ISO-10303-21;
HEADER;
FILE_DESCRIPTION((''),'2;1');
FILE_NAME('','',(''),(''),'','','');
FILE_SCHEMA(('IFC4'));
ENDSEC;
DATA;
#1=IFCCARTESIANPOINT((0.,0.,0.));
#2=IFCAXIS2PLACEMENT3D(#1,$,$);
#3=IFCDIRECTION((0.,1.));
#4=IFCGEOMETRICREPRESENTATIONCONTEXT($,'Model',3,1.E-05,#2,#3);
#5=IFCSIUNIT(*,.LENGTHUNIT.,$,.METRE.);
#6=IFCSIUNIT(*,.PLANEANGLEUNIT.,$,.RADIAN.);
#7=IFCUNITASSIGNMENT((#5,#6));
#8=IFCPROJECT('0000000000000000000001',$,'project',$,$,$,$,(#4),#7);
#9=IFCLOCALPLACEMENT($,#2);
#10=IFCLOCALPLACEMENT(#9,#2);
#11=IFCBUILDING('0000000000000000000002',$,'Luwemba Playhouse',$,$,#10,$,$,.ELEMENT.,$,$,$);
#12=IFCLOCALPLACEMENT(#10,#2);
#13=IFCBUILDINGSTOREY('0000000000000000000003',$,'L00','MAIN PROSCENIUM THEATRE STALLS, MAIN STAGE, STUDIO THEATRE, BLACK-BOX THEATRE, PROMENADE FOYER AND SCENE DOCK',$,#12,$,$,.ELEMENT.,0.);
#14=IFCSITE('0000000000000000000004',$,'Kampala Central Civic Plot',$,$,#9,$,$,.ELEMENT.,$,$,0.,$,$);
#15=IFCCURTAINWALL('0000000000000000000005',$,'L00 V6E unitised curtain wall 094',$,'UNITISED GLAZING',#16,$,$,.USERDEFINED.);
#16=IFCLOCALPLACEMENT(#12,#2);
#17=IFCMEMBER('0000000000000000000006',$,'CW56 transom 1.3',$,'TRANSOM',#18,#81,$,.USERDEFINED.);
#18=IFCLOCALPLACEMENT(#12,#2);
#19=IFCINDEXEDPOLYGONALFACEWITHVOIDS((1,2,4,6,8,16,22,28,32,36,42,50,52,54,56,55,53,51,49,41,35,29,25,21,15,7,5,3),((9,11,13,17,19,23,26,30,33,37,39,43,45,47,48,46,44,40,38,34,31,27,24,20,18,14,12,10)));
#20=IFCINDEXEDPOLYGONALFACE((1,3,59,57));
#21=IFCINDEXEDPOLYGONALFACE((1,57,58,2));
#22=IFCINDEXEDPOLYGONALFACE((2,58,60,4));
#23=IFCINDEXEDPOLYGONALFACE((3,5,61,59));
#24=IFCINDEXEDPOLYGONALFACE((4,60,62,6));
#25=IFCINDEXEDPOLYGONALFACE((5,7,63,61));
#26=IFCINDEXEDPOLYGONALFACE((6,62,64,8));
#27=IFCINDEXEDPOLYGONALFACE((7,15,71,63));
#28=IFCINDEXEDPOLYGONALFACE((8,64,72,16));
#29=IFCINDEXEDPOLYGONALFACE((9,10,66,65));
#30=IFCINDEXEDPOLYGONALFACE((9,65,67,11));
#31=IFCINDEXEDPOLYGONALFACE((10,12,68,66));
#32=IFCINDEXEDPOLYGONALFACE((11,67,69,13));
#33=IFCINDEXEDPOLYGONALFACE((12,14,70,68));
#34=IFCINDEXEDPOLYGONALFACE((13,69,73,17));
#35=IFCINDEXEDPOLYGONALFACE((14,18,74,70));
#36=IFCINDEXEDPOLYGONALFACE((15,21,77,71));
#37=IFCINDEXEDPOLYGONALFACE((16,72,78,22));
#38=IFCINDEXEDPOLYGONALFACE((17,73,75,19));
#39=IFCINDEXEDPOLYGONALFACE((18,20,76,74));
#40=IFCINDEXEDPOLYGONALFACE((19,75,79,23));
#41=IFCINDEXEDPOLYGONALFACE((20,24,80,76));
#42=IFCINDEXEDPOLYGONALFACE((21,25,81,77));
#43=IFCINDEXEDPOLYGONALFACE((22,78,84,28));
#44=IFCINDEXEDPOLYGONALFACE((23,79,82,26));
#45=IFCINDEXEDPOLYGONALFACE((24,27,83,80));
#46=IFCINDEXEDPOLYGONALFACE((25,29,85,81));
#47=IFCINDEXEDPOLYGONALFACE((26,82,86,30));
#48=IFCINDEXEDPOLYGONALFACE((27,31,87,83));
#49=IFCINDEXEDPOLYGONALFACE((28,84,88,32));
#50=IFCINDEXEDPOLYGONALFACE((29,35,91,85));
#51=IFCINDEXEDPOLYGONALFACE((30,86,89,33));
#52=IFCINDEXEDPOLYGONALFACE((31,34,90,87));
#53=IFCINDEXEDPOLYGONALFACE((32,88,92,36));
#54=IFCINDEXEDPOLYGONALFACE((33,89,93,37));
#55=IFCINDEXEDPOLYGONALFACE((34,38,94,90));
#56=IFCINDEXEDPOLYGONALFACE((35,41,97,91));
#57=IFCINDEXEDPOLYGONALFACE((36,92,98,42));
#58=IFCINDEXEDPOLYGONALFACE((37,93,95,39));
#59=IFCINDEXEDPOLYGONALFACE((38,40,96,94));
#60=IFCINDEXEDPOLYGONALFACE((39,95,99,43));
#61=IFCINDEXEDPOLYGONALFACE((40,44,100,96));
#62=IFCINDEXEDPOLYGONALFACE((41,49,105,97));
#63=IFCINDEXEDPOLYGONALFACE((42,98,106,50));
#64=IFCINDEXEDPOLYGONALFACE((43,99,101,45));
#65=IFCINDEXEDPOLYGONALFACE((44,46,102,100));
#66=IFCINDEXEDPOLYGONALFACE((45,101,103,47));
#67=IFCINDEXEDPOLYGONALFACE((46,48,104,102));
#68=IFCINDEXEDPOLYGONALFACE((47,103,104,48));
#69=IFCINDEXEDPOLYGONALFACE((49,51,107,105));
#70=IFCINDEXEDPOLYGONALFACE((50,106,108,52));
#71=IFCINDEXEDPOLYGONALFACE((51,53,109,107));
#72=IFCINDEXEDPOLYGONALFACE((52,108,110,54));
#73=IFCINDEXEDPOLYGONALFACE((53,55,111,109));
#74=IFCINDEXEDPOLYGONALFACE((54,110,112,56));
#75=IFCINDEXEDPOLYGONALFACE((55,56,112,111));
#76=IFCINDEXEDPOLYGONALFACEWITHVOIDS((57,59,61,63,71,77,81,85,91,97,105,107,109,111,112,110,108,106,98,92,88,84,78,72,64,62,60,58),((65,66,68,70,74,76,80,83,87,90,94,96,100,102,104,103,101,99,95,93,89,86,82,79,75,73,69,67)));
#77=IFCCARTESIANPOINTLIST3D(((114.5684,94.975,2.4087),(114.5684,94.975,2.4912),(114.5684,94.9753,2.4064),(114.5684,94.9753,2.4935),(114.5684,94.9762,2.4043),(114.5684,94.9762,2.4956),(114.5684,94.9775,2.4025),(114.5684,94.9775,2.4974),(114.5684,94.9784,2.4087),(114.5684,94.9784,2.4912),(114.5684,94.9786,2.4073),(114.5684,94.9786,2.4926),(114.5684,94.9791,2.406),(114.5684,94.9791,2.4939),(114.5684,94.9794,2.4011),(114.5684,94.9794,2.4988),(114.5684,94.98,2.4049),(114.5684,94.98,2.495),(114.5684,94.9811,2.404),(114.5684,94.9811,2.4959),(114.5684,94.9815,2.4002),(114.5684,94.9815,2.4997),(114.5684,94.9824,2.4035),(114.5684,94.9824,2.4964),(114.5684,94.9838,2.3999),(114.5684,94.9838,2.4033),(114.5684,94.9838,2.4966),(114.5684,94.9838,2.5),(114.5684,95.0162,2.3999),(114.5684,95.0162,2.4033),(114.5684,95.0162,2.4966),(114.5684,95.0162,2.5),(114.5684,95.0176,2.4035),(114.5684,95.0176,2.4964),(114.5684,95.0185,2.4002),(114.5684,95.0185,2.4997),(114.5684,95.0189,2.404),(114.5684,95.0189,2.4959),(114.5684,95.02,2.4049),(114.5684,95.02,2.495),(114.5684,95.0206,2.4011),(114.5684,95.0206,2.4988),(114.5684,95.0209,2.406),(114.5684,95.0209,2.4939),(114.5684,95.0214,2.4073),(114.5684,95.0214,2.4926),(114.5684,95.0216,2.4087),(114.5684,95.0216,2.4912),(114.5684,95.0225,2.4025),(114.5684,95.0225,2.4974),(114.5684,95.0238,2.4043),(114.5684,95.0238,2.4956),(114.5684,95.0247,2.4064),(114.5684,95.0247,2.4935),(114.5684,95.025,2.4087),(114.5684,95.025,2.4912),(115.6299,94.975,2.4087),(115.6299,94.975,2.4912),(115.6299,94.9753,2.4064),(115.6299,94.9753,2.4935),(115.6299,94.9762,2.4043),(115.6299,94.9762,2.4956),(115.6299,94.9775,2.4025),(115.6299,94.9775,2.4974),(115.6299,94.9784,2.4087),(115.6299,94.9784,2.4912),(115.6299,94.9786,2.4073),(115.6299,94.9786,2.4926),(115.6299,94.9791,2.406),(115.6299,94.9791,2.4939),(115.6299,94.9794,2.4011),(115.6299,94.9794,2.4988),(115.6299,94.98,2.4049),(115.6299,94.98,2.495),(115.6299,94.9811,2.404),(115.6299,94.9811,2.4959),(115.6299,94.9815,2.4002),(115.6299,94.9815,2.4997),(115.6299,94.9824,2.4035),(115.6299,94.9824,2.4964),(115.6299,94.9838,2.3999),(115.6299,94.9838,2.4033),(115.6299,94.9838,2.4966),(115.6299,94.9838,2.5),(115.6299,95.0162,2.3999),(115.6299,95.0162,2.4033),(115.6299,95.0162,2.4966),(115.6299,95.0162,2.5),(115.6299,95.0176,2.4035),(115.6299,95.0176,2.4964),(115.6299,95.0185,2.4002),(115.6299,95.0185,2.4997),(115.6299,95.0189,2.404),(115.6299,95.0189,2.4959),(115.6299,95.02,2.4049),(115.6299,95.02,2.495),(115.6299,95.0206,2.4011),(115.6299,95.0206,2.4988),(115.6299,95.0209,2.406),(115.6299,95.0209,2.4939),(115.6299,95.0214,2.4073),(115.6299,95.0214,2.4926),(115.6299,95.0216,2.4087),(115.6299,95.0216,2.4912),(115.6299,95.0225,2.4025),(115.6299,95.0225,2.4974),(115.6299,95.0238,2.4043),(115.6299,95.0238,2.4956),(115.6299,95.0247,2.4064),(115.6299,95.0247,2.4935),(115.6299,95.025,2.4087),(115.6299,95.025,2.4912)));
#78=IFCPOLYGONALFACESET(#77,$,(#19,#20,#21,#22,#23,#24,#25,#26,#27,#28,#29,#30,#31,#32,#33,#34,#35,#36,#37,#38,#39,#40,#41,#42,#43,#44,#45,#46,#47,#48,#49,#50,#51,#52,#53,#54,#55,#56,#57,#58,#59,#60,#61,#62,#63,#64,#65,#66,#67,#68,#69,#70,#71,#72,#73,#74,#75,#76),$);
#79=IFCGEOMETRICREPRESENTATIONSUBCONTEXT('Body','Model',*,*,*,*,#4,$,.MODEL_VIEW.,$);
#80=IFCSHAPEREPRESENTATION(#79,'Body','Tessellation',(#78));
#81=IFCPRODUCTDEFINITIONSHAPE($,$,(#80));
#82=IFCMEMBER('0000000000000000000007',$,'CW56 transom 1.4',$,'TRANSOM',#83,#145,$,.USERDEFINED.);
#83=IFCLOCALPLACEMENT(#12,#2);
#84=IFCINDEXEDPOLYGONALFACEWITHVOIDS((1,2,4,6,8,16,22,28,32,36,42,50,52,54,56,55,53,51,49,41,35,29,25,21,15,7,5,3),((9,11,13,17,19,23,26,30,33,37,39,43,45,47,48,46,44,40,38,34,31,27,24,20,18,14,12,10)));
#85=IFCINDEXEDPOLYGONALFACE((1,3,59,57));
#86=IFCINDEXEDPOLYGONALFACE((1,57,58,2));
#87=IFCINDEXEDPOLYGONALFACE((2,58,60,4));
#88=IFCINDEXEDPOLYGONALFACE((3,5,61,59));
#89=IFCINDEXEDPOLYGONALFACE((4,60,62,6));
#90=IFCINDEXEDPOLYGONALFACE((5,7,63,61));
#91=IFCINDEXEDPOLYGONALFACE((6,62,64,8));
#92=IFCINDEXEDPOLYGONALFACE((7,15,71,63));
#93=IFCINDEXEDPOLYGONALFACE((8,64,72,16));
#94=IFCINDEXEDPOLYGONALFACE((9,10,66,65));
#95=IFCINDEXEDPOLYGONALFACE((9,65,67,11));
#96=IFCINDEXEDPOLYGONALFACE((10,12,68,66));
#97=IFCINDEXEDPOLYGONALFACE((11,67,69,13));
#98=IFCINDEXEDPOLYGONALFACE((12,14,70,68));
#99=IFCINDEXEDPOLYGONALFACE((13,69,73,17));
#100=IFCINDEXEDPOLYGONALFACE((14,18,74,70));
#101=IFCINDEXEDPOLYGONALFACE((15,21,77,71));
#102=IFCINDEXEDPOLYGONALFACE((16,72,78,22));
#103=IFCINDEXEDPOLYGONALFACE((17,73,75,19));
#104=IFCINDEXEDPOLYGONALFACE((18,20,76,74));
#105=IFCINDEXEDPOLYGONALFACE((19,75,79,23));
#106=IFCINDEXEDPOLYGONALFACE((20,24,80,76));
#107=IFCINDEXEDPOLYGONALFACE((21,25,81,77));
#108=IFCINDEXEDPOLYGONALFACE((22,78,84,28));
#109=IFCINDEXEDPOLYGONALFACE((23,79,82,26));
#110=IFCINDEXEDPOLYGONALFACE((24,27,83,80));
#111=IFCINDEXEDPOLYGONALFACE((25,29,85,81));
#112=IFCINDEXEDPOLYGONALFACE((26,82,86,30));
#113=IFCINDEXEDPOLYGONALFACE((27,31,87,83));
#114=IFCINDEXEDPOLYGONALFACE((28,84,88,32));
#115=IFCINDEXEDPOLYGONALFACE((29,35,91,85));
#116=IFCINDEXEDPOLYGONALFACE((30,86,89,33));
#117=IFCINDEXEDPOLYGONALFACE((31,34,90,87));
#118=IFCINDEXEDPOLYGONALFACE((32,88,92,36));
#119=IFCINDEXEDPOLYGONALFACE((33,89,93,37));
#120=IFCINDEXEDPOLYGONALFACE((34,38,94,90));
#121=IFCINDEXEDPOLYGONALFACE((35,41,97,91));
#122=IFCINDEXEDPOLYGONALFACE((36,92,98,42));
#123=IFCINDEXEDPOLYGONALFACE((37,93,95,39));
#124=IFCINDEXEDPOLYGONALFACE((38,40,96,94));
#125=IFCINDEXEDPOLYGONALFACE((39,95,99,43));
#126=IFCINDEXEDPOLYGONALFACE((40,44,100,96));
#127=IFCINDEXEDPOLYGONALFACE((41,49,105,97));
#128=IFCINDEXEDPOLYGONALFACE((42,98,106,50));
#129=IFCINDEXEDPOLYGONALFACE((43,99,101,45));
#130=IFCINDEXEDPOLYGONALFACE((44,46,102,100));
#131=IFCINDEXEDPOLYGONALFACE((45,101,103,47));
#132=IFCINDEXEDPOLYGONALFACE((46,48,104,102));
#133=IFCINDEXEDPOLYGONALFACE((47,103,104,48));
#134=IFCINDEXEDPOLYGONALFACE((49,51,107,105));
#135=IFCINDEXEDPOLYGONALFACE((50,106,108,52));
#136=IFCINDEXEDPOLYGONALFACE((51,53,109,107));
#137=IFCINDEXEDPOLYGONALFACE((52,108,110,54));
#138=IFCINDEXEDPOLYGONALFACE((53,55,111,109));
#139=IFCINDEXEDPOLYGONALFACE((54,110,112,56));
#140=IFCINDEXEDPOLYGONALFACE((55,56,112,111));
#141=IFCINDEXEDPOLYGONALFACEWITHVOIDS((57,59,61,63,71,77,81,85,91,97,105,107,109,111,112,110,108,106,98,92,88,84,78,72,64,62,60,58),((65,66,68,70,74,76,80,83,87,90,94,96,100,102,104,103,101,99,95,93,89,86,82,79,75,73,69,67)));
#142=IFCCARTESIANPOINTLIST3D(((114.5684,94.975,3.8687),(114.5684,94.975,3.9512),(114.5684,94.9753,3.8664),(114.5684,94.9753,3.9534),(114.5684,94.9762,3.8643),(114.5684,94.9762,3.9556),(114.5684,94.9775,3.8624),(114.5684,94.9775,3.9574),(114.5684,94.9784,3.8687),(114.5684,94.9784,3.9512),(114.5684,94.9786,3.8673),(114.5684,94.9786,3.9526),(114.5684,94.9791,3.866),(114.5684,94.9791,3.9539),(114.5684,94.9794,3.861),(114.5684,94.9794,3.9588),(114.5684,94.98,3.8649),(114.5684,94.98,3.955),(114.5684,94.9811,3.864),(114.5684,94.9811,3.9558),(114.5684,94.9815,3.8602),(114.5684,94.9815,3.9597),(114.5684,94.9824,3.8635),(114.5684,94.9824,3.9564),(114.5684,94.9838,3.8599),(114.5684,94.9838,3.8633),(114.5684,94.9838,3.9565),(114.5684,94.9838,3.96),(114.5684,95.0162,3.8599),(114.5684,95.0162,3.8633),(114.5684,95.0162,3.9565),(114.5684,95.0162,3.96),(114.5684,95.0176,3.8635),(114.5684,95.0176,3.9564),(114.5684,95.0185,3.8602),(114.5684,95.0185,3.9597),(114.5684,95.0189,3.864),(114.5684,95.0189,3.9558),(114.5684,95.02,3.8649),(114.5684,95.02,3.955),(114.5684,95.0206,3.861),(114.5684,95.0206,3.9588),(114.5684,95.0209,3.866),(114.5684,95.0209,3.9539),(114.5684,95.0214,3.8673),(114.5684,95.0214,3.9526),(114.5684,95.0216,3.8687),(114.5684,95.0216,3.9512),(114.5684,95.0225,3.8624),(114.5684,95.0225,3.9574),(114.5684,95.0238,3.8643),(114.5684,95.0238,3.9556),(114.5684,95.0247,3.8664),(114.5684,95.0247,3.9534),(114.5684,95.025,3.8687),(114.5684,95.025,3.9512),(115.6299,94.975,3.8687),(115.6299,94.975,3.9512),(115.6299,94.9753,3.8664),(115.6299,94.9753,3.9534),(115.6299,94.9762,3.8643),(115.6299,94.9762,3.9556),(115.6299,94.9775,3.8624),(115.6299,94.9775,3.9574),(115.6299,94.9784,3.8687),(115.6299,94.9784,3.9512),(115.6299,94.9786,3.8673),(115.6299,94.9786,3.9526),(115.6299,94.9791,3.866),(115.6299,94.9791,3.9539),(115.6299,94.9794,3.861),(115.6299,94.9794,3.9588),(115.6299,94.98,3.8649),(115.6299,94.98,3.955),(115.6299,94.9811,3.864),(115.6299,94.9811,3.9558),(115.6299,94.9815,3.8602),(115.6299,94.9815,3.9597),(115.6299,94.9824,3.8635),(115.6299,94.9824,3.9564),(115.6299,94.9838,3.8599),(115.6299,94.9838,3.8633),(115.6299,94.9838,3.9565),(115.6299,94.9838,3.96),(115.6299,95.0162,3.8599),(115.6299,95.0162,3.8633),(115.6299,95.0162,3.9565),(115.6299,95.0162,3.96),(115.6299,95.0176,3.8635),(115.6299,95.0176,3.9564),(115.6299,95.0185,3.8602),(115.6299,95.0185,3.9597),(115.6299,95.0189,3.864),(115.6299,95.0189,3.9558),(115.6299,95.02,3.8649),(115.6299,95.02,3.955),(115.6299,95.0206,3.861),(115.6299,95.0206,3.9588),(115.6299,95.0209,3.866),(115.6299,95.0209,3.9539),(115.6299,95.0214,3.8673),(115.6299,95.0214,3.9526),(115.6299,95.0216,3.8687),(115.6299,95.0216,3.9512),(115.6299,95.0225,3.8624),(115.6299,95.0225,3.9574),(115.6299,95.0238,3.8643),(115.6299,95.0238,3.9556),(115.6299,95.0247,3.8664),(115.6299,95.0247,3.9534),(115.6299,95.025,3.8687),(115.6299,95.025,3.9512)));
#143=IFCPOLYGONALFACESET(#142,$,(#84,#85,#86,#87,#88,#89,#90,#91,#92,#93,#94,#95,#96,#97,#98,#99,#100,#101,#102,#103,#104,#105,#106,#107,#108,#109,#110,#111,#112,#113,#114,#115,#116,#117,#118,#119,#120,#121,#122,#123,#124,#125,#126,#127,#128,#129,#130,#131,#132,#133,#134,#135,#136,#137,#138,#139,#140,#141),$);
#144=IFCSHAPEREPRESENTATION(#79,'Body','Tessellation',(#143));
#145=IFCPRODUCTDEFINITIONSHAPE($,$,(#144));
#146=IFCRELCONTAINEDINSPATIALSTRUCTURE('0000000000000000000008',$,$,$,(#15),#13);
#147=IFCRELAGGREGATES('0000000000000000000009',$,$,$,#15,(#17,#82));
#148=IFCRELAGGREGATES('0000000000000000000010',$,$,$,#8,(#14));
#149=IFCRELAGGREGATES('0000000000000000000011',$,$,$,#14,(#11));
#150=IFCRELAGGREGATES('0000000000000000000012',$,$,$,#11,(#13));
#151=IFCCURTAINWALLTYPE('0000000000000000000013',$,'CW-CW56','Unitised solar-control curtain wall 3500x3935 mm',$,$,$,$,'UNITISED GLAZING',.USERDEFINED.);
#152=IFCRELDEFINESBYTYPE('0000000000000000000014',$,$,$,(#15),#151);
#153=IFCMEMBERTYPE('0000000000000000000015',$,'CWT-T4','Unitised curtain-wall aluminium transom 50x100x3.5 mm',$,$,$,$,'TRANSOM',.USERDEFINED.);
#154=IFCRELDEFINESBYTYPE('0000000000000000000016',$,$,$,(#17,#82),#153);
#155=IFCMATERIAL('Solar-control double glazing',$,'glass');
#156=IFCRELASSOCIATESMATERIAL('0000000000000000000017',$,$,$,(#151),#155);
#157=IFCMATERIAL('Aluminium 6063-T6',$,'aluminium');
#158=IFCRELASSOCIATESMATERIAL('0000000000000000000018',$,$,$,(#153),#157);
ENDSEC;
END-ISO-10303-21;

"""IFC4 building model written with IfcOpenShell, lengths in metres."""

from ifc_helpers import new_model, si_unit, direction, frame, origin, origin_2d, place, context, subcontext, project, spatial, hollow_rectangle, extrude, material, material_profile, profile_set, type_object, element, aggregate, save


model = new_model("IFC4")

# Units and contexts
model_context = context("Model", 3, precision=1e-05, world=origin(), true_north=direction((0.0, 1.0)))
body_context = subcontext(model_context, "Body", "Model", "MODEL_VIEW")
ifc_project = project(units=[si_unit("LENGTHUNIT", "METRE"), si_unit("PLANEANGLEUNIT", "RADIAN")], contexts=[model_context])

# Site, building, storey
site_placement = place(None, origin())
site = spatial("IfcSite", under=ifc_project, at=site_placement, Name="Kampala Central Civic Plot", CompositionType="ELEMENT", RefElevation=0.0)
building_placement = place(site_placement, origin())
building = spatial("IfcBuilding", under=site, at=building_placement, Name="Luwemba Playhouse", CompositionType="ELEMENT")
storey_placement = place(building_placement, origin())
storey = spatial("IfcBuildingStorey", under=building, at=storey_placement, Name="L00", Description="MAIN PROSCENIUM THEATRE STALLS, MAIN STAGE, STUDIO THEATRE, BLACK-BOX THEATRE, PROMENADE FOYER AND SCENE DOCK", CompositionType="ELEMENT", Elevation=0.0)

# Curtain wall, members
ifc_material_1 = material(Name="Solar-control double glazing", Category="glass")
curtain_wall_type = type_object("IfcCurtainWallType", Name="CW-CW56", Description="Unitised solar-control curtain wall 3500x3935 mm", ElementType="UNITISED GLAZING", PredefinedType="USERDEFINED", material=ifc_material_1)
curtain_wall_placement = place(storey_placement, origin())
curtain_wall = element("IfcCurtainWall", 1, at=curtain_wall_placement, inside=storey, type_object=curtain_wall_type, Name="L00 V6E unitised curtain wall 094", ObjectType="UNITISED GLAZING", PredefinedType="USERDEFINED")
ifc_material_2 = material(Name="Aluminium 6063-T6", Category="aluminium")
ifc_material_profile_1 = material_profile(ifc_material_2, hollow_rectangle(XDim=0.05, YDim=0.1001, WallThickness=0.0034, InnerFilletRadius=0.0054, OuterFilletRadius=0.0088, at=origin_2d()))
ifc_profile_set_1 = profile_set([ifc_material_profile_1], Name="Aluminium 6063-T6")
member_type_1 = type_object("IfcMemberType", Name="CWT-T4", Description="Unitised curtain-wall aluminium transom 50x100x3.5 mm", ElementType="TRANSOM", PredefinedType="USERDEFINED", material=ifc_profile_set_1)
member_1_placement = place(storey_placement, frame((115.6299, 95.0, 2.45), z_axis=(-1.0, 0.0, 0.0), x_axis=(0.0, -1.0, 0.0)))
member_1 = element("IfcMember", 2, at=member_1_placement, type_object=member_type_1, Name="CW56 transom 1.3", ObjectType="TRANSOM", PredefinedType="USERDEFINED", context=body_context, shape_type="SweptSolid", body=[
    extrude(hollow_rectangle(XDim=0.05, YDim=0.1001, WallThickness=0.0034, InnerFilletRadius=0.0054, OuterFilletRadius=0.0088, at=origin_2d()), origin(), (0.0, 0.0, 1.0), 1.0615),
])
member_2_placement = place(storey_placement, frame((115.6299, 95.0, 3.9099), z_axis=(-1.0, 0.0, 0.0), x_axis=(0.0, -1.0, 0.0)))
member_2 = element("IfcMember", 3, at=member_2_placement, type_object=member_type_1, Name="CW56 transom 1.4", ObjectType="TRANSOM", PredefinedType="USERDEFINED", context=body_context, shape_type="SweptSolid", body=[
    extrude(hollow_rectangle(XDim=0.05, YDim=0.1001, WallThickness=0.0034, InnerFilletRadius=0.0054, OuterFilletRadius=0.0088, at=origin_2d()), origin(), (0.0, 0.0, 1.0), 1.0615),
])
aggregate(curtain_wall, [member_1, member_2])

save(model, "model.ifc")
